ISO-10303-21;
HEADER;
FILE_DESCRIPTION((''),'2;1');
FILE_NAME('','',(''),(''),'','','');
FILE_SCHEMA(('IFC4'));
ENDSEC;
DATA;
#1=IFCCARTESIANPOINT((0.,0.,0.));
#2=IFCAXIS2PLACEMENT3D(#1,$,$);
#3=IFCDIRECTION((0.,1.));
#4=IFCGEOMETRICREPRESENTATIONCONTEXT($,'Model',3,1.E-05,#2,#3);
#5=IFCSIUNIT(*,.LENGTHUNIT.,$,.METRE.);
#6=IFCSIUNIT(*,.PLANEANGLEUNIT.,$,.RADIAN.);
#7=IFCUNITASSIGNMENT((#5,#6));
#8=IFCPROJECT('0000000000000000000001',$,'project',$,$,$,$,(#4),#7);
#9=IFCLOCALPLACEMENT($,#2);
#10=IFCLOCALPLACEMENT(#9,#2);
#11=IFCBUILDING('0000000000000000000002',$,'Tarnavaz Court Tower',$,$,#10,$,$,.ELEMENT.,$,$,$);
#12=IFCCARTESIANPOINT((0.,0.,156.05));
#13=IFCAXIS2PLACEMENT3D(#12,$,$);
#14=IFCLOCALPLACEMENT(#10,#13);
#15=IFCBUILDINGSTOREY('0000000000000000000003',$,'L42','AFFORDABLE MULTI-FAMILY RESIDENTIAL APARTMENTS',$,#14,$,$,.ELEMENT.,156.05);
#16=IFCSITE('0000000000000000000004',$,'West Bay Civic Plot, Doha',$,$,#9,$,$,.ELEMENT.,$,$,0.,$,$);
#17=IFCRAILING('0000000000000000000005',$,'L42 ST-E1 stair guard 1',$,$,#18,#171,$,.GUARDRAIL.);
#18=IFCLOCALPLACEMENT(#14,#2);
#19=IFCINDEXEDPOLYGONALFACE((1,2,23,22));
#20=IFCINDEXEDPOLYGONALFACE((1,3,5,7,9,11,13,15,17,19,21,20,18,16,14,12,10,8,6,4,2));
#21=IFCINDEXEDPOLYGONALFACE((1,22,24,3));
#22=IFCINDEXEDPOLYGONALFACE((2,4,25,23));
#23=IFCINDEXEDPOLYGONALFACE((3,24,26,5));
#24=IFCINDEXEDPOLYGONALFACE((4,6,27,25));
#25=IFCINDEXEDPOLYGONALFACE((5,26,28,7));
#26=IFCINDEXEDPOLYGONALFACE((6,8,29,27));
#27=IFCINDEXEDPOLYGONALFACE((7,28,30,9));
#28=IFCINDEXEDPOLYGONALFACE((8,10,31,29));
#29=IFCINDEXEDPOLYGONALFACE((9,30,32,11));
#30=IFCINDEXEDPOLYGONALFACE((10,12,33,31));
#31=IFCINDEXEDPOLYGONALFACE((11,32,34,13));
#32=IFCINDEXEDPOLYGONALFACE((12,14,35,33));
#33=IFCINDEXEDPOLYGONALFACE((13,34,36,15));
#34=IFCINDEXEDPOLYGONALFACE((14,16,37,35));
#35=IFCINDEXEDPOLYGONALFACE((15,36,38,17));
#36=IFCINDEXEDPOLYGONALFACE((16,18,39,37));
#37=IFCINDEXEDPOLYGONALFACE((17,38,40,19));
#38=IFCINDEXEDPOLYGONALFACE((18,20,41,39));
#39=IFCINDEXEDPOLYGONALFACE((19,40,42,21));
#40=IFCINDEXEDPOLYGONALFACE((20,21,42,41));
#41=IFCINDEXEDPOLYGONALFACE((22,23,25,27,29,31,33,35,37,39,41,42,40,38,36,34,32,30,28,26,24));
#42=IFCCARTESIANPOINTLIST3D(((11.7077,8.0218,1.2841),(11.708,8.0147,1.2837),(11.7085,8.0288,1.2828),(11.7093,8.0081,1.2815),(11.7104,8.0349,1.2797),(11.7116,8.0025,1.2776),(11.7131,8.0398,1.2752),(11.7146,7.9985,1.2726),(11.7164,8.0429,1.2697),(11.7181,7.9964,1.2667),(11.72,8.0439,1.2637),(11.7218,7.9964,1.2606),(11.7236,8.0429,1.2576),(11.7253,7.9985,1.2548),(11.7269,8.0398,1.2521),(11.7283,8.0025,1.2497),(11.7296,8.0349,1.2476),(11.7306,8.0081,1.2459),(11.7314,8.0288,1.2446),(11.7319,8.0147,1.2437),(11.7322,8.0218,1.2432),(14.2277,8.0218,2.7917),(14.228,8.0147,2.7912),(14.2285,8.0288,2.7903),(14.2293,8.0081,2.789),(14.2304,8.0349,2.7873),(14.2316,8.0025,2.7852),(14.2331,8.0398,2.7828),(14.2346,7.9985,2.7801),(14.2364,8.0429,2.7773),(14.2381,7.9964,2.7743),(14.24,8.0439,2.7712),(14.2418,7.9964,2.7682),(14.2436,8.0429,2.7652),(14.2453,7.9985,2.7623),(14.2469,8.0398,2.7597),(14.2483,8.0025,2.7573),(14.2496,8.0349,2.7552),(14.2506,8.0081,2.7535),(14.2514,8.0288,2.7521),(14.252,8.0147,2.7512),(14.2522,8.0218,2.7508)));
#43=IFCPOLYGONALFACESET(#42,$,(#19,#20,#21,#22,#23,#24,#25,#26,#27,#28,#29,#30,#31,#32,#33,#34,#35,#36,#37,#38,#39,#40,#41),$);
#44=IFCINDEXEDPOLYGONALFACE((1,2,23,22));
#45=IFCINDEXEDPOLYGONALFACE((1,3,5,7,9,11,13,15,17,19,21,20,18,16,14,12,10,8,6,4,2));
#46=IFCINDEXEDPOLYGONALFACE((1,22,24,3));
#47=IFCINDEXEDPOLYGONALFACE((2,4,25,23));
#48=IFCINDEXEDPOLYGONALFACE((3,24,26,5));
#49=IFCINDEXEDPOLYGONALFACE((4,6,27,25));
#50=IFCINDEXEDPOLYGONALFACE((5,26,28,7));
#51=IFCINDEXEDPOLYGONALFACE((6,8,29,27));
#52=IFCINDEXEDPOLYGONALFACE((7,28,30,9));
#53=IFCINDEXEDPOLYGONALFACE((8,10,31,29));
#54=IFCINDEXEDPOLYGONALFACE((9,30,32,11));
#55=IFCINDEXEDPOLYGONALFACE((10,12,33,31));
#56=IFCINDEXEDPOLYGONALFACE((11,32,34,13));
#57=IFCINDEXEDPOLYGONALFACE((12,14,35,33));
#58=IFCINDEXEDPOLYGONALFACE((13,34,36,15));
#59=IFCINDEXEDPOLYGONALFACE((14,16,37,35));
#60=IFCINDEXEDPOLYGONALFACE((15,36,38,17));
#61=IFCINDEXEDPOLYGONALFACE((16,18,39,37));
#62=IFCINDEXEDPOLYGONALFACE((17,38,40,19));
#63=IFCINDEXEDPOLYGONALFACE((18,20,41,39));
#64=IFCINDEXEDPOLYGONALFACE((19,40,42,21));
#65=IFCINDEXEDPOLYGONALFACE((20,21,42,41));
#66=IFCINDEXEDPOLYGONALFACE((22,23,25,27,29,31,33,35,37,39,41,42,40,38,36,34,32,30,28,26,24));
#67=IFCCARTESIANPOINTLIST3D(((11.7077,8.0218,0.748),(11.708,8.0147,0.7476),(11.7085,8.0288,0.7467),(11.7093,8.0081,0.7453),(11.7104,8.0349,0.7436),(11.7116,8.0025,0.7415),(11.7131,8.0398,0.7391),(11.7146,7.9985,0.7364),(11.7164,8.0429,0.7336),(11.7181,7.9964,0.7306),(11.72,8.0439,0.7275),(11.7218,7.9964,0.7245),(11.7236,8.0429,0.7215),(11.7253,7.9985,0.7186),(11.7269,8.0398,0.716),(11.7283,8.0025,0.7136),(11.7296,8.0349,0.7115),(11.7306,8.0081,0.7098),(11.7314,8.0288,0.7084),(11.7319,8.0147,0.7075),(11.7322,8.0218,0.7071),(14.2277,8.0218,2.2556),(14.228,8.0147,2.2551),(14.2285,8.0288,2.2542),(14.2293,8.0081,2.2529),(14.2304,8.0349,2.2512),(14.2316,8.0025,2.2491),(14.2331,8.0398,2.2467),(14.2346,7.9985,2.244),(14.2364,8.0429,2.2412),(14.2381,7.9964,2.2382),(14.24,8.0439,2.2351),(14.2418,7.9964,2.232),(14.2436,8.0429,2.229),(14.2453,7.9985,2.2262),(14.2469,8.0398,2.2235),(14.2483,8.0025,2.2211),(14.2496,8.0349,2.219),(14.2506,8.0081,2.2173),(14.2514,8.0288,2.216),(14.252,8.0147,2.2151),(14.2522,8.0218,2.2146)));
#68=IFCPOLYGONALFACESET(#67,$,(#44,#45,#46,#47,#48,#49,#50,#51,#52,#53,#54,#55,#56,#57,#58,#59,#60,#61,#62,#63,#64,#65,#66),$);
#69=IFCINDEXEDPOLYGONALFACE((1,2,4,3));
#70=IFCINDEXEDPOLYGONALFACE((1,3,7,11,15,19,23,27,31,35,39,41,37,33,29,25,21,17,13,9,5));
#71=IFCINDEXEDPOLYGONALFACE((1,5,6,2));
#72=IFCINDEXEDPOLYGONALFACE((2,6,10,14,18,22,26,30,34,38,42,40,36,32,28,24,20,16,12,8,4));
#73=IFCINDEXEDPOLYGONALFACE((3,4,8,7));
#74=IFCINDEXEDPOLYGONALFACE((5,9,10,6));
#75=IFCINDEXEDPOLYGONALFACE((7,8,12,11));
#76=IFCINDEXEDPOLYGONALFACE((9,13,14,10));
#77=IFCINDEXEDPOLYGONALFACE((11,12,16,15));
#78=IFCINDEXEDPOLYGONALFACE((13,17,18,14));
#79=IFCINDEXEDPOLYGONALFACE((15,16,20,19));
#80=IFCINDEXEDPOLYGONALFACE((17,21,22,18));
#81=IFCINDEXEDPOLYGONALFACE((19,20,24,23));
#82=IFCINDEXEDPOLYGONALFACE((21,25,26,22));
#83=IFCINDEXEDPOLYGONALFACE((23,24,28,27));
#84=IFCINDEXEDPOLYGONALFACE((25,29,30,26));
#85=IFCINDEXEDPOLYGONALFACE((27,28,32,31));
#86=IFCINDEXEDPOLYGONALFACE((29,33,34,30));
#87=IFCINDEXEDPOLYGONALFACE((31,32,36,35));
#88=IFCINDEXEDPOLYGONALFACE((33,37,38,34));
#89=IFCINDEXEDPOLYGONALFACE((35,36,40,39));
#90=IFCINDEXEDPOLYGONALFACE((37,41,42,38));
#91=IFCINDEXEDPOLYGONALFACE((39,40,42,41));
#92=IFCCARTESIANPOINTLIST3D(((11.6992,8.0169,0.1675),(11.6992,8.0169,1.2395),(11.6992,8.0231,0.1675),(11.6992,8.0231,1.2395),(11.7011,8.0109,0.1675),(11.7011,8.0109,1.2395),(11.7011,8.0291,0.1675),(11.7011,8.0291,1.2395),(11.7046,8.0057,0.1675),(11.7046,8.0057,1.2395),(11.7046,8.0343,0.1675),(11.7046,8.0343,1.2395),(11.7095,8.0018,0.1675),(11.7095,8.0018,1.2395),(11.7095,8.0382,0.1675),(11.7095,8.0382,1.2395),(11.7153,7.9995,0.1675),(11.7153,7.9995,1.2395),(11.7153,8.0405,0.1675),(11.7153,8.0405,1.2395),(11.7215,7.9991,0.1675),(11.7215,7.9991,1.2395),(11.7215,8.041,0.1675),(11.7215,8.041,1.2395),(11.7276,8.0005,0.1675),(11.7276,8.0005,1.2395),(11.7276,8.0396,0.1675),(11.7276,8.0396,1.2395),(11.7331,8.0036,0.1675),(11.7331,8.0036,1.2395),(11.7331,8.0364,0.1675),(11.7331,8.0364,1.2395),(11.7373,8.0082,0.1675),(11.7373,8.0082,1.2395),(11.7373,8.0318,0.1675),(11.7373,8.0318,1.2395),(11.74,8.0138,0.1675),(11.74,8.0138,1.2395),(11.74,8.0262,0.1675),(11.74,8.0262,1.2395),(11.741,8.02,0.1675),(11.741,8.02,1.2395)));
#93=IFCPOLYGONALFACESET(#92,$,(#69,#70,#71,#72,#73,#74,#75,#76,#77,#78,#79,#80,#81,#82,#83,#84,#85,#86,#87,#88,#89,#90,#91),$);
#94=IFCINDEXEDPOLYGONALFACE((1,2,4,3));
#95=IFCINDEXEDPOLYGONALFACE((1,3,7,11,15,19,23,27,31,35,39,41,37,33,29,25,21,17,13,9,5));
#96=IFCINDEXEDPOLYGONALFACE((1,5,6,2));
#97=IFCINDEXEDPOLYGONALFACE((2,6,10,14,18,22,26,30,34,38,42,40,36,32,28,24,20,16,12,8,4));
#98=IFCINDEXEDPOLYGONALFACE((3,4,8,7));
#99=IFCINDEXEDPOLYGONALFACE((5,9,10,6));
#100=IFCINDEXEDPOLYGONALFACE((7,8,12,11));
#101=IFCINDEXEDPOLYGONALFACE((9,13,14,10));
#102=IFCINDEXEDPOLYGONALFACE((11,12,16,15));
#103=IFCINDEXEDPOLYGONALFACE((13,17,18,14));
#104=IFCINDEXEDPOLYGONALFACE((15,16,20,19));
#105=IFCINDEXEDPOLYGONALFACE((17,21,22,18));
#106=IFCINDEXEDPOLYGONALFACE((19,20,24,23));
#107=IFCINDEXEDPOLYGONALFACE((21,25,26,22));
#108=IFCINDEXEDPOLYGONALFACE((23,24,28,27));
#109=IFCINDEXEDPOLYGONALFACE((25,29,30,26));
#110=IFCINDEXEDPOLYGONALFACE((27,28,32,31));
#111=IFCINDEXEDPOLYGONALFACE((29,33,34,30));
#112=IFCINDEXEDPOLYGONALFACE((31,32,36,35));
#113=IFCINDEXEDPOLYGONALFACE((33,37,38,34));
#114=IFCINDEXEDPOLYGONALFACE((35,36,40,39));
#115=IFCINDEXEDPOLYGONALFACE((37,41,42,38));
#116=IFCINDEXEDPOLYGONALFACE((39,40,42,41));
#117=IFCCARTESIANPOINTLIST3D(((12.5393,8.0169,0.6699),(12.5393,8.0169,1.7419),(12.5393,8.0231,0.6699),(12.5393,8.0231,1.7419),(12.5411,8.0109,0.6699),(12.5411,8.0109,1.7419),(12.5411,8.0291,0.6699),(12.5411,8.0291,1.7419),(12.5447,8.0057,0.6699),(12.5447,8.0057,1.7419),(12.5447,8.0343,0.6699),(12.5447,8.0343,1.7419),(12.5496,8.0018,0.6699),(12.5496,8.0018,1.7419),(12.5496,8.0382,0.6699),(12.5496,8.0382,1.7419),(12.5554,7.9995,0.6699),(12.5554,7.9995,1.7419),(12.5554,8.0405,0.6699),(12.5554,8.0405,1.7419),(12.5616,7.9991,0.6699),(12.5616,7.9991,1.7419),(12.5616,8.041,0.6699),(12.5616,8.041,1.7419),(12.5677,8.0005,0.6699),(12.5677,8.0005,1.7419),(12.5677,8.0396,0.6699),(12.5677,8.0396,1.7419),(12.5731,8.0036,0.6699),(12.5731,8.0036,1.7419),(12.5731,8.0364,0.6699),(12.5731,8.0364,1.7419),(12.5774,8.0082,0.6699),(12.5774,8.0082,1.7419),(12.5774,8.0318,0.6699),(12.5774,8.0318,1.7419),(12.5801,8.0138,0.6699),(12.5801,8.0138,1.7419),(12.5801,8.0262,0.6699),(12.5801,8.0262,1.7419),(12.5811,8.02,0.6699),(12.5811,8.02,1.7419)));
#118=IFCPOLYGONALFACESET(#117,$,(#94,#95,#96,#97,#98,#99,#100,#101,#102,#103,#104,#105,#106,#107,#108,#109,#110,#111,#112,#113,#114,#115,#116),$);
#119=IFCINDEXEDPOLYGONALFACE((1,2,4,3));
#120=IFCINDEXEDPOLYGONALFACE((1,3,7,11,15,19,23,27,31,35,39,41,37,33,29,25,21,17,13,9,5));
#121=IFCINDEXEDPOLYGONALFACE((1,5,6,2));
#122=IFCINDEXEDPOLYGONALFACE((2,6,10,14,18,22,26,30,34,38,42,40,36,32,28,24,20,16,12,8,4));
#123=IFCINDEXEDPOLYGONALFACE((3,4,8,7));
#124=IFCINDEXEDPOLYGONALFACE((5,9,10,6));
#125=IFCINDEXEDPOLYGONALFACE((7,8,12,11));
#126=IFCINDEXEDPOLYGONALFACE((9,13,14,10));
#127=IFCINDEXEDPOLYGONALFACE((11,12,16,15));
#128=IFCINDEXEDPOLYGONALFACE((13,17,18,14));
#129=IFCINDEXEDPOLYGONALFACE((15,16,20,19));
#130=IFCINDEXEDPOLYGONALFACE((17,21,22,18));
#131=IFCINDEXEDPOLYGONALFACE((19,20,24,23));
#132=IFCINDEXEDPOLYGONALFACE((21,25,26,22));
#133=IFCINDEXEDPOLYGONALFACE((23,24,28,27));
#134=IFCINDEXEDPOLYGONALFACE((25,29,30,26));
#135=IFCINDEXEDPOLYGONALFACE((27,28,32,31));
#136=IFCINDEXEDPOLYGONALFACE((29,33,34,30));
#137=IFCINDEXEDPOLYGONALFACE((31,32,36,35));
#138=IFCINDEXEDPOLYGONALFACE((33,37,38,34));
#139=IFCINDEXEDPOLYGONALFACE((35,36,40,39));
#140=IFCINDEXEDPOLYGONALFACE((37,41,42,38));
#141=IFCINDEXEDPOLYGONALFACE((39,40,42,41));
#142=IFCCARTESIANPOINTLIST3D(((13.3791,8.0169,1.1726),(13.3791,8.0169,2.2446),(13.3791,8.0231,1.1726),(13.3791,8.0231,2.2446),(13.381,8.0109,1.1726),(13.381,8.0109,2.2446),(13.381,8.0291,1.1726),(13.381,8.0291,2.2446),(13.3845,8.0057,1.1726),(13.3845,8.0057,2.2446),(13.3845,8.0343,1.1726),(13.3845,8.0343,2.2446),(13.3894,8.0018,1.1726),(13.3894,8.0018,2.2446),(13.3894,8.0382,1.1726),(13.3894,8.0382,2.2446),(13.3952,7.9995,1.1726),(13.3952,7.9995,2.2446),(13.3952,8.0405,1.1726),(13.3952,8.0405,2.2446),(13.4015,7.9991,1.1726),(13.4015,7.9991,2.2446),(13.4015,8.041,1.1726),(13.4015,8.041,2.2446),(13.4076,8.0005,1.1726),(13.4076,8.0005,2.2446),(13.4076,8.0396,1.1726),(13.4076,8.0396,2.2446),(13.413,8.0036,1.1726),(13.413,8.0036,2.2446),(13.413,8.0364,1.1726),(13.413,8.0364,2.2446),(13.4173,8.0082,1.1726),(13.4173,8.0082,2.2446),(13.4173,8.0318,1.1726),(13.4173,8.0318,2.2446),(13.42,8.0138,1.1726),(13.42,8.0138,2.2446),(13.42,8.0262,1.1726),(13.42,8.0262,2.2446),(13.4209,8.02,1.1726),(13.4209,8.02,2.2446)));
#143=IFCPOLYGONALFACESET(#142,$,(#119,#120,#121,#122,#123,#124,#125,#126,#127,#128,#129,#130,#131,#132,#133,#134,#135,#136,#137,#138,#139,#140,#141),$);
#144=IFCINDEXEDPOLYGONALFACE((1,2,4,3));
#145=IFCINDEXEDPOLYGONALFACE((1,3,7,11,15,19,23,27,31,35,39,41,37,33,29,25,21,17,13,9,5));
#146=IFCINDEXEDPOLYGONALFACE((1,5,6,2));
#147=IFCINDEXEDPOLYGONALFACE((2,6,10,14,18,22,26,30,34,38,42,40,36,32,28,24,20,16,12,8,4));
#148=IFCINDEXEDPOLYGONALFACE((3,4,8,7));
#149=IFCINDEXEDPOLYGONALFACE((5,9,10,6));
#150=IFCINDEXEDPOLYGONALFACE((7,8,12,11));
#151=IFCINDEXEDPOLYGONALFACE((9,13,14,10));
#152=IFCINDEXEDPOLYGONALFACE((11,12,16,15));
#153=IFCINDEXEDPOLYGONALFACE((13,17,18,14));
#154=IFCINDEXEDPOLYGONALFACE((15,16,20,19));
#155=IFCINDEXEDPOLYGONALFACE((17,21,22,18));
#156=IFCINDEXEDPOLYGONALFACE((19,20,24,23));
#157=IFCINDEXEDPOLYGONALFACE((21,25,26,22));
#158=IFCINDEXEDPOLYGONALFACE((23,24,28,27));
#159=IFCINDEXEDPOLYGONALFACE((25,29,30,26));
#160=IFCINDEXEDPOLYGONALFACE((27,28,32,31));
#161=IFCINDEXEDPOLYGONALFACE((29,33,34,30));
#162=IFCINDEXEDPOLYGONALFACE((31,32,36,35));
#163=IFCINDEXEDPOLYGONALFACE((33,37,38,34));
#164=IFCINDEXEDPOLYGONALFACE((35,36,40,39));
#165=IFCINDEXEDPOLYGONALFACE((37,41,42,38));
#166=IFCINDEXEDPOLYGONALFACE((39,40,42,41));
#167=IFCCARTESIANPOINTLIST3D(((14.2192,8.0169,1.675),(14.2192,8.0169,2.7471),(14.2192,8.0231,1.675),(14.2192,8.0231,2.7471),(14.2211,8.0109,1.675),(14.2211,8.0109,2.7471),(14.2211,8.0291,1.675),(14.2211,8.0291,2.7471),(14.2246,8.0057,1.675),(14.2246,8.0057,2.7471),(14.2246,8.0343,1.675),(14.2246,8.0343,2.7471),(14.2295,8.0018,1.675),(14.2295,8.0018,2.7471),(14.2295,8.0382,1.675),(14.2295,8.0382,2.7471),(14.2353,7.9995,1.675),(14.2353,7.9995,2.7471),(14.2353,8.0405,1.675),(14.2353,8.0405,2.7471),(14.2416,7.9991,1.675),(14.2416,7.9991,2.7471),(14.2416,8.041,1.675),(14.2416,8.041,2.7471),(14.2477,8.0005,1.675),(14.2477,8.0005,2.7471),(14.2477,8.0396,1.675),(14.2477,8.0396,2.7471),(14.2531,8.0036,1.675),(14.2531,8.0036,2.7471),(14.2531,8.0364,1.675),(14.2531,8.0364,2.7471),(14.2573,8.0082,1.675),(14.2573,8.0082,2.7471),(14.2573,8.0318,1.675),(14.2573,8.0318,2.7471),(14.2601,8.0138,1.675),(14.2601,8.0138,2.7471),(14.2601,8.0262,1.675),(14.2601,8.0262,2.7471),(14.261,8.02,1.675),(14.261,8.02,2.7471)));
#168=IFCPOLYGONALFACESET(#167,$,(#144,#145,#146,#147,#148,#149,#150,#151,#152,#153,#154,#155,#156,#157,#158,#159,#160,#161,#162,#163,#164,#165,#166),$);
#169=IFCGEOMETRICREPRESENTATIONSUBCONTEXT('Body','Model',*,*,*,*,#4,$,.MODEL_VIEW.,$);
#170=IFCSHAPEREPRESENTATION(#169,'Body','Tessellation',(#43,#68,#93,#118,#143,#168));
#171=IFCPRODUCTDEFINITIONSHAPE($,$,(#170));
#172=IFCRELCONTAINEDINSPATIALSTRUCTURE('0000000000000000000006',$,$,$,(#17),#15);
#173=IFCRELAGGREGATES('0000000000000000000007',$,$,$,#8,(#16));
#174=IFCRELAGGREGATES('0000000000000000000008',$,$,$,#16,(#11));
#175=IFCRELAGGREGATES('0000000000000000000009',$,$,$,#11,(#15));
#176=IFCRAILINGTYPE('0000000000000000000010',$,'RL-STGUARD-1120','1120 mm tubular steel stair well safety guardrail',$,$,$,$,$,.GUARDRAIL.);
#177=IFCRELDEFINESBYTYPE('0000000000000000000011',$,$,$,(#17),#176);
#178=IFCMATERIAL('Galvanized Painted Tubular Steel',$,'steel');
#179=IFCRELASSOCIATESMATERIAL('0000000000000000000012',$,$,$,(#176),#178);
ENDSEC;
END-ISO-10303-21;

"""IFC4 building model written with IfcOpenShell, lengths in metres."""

from ifc_helpers import new_model, si_unit, direction, frame, origin, origin_2d, place, context, subcontext, project, spatial, circle, extrude, material, type_object, element, save


model = new_model("IFC4")

# Units and contexts
model_context = context("Model", 3, precision=1e-05, world=origin(), true_north=direction((0.0, 1.0)))
body_context = subcontext(model_context, "Body", "Model", "MODEL_VIEW")
ifc_project = project(units=[si_unit("LENGTHUNIT", "METRE"), si_unit("PLANEANGLEUNIT", "RADIAN")], contexts=[model_context])

# Site, building, storey
site_placement = place(None, origin())
site = spatial("IfcSite", under=ifc_project, at=site_placement, Name="West Bay Civic Plot, Doha", CompositionType="ELEMENT", RefElevation=0.0)
building_placement = place(site_placement, origin())
building = spatial("IfcBuilding", under=site, at=building_placement, Name="Tarnavaz Court Tower", CompositionType="ELEMENT")
storey_placement = place(building_placement, frame((0.0, 0.0, 156.05)))
storey = spatial("IfcBuildingStorey", under=building, at=storey_placement, Name="L42", Description="AFFORDABLE MULTI-FAMILY RESIDENTIAL APARTMENTS", CompositionType="ELEMENT", Elevation=156.05)

# Railing
ifc_material_1 = material(Name="Galvanized Painted Tubular Steel", Category="steel")
railing_type_1 = type_object("IfcRailingType", Name="RL-STGUARD-1120", Description="1120 mm tubular steel stair well safety guardrail", PredefinedType="GUARDRAIL", material=ifc_material_1)
railing_1_placement = place(storey_placement, frame((11.72, 8.02, 0.1675)))
element("IfcRailing", 1, at=railing_1_placement, inside=storey, type_object=railing_type_1, Name="L42 ST-E1 stair guard 1", PredefinedType="GUARDRAIL", context=body_context, shape_type="SweptSolid", body=[
    extrude(circle(Radius=0.0239, at=origin_2d()), frame((0.0, 0.0, 1.0962), z_axis=(0.85816, 0.0, 0.513383), x_axis=(0.0, 1.0, 0.0)), (0.0, 0.0, 1.0), 2.9365),
    extrude(circle(Radius=0.0239, at=origin_2d()), frame((0.0, 0.0, 0.5601), z_axis=(0.85816, 0.0, 0.513383), x_axis=(0.0, 1.0, 0.0)), (0.0, 0.0, 1.0), 2.9365),
    extrude(circle(Radius=0.021, at=origin_2d()), origin(), (0.0, 0.0, 1.0), 1.072),
    extrude(circle(Radius=0.021, at=origin_2d()), frame((0.8401, 0.0, 0.5024)), (0.0, 0.0, 1.0), 1.072),
    extrude(circle(Radius=0.021, at=origin_2d()), frame((1.6799, 0.0, 1.0051)), (0.0, 0.0, 1.0), 1.072),
    extrude(circle(Radius=0.021, at=origin_2d()), frame((2.52, 0.0, 1.5076)), (0.0, 0.0, 1.0), 1.072),
])

save(model, "model.ifc")
